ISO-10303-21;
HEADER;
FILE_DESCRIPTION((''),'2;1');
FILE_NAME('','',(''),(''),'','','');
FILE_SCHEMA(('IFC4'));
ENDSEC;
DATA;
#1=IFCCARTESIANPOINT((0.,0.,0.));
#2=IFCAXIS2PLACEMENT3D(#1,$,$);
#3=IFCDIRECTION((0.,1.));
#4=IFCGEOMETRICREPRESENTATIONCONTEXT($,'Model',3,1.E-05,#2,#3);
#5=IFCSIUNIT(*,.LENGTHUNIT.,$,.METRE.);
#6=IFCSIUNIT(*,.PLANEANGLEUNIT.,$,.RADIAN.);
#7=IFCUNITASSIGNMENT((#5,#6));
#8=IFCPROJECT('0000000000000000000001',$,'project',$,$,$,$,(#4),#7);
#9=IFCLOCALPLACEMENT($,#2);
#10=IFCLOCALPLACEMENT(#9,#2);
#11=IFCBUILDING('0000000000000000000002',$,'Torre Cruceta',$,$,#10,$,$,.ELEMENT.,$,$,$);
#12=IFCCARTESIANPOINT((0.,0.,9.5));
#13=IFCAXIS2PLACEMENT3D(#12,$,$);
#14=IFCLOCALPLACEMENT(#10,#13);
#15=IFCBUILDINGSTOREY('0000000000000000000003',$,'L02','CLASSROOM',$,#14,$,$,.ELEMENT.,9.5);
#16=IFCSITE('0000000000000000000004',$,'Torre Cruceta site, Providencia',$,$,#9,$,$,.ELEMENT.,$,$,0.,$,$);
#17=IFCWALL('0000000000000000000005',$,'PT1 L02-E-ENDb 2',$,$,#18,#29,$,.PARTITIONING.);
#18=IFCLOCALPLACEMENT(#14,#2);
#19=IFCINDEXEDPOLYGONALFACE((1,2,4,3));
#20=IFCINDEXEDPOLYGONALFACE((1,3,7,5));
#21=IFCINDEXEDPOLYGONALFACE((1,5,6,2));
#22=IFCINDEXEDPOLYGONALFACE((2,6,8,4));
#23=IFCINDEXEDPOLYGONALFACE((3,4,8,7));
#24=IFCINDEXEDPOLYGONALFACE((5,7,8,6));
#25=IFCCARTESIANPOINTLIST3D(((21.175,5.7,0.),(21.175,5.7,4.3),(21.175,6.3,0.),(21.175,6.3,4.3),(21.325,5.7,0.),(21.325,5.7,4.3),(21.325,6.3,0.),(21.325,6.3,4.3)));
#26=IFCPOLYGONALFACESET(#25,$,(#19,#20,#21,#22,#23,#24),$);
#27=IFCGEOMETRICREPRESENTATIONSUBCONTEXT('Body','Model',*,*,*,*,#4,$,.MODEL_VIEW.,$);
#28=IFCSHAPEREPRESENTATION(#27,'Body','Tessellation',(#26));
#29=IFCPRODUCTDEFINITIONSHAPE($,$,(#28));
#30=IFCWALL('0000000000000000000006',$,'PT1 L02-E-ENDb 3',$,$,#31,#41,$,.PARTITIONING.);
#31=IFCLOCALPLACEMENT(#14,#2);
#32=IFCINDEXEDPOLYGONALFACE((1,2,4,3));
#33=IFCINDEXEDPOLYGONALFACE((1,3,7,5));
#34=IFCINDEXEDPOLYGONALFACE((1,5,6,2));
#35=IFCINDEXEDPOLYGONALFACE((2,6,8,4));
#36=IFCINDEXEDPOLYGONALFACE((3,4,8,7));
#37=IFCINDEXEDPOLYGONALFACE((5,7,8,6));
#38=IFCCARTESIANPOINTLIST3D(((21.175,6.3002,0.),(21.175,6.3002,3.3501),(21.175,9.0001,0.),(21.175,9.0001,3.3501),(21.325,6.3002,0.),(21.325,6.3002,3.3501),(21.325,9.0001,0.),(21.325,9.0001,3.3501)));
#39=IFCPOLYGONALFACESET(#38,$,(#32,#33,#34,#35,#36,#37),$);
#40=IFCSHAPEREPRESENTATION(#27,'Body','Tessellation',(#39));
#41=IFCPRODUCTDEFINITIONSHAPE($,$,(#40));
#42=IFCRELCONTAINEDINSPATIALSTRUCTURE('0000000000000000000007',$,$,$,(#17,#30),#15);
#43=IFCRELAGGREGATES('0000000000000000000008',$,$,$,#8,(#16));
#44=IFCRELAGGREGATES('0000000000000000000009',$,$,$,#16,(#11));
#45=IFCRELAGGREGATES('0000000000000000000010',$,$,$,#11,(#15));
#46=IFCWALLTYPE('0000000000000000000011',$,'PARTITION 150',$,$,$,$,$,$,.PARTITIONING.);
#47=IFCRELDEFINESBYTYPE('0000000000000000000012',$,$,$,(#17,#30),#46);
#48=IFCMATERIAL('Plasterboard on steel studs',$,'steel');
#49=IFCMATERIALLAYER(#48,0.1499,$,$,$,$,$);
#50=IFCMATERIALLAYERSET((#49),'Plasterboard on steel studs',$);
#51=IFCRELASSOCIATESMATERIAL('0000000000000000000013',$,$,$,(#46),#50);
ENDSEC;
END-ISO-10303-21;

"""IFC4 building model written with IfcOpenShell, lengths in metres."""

from ifc_helpers import new_model, si_unit, direction, frame, frame_2d, origin, place, context, subcontext, project, spatial, rectangle, extrude, material, layer, layer_set, type_object, element, save


model = new_model("IFC4")

# Units and contexts
model_context = context("Model", 3, precision=1e-05, world=origin(), true_north=direction((0.0, 1.0)))
body_context = subcontext(model_context, "Body", "Model", "MODEL_VIEW")
ifc_project = project(units=[si_unit("LENGTHUNIT", "METRE"), si_unit("PLANEANGLEUNIT", "RADIAN")], contexts=[model_context])

# Site, building, storey
site_placement = place(None, origin())
site = spatial("IfcSite", under=ifc_project, at=site_placement, Name="Torre Cruceta site, Providencia", CompositionType="ELEMENT", RefElevation=0.0)
building_placement = place(site_placement, origin())
building = spatial("IfcBuilding", under=site, at=building_placement, Name="Torre Cruceta", CompositionType="ELEMENT")
storey_placement = place(building_placement, frame((0.0, 0.0, 9.5)))
storey = spatial("IfcBuildingStorey", under=building, at=storey_placement, Name="L02", Description="CLASSROOM", CompositionType="ELEMENT", Elevation=9.5)

# Shared definitions
ifc_material_1 = material(Name="Plasterboard on steel studs", Category="steel")
ifc_layer_1 = layer(ifc_material_1, 0.1499)
ifc_layer_set_1 = layer_set([ifc_layer_1], Name="Plasterboard on steel studs")
wall_type_1 = type_object("IfcWallType", Name="PARTITION 150", PredefinedType="PARTITIONING", material=ifc_layer_set_1)

# Walls
wall_1_placement = place(storey_placement, frame((21.25, 5.7, 0.0), z_axis=(0.0, 0.0, 1.0), x_axis=(0.0, 1.0, 0.0)))
element("IfcWall", 1, at=wall_1_placement, inside=storey, type_object=wall_type_1, Name="PT1 L02-E-ENDb 2", PredefinedType="PARTITIONING", context=body_context, shape_type="SweptSolid", body=[
    extrude(rectangle(XDim=0.6001, YDim=0.1499, at=frame_2d((0.3, 0.0))), origin(), (0.0, 0.0, 1.0), 4.3),
])
wall_2_placement = place(storey_placement, frame((21.25, 6.3, 0.0), z_axis=(0.0, 0.0, 1.0), x_axis=(0.0, 1.0, 0.0)))
element("IfcWall", 2, at=wall_2_placement, inside=storey, type_object=wall_type_1, Name="PT1 L02-E-ENDb 3", PredefinedType="PARTITIONING", context=body_context, shape_type="SweptSolid", body=[
    extrude(rectangle(XDim=2.7, YDim=0.1499, at=frame_2d((1.3501, 0.0))), origin(), (0.0, 0.0, 1.0), 3.3501),
])

save(model, "model.ifc")
